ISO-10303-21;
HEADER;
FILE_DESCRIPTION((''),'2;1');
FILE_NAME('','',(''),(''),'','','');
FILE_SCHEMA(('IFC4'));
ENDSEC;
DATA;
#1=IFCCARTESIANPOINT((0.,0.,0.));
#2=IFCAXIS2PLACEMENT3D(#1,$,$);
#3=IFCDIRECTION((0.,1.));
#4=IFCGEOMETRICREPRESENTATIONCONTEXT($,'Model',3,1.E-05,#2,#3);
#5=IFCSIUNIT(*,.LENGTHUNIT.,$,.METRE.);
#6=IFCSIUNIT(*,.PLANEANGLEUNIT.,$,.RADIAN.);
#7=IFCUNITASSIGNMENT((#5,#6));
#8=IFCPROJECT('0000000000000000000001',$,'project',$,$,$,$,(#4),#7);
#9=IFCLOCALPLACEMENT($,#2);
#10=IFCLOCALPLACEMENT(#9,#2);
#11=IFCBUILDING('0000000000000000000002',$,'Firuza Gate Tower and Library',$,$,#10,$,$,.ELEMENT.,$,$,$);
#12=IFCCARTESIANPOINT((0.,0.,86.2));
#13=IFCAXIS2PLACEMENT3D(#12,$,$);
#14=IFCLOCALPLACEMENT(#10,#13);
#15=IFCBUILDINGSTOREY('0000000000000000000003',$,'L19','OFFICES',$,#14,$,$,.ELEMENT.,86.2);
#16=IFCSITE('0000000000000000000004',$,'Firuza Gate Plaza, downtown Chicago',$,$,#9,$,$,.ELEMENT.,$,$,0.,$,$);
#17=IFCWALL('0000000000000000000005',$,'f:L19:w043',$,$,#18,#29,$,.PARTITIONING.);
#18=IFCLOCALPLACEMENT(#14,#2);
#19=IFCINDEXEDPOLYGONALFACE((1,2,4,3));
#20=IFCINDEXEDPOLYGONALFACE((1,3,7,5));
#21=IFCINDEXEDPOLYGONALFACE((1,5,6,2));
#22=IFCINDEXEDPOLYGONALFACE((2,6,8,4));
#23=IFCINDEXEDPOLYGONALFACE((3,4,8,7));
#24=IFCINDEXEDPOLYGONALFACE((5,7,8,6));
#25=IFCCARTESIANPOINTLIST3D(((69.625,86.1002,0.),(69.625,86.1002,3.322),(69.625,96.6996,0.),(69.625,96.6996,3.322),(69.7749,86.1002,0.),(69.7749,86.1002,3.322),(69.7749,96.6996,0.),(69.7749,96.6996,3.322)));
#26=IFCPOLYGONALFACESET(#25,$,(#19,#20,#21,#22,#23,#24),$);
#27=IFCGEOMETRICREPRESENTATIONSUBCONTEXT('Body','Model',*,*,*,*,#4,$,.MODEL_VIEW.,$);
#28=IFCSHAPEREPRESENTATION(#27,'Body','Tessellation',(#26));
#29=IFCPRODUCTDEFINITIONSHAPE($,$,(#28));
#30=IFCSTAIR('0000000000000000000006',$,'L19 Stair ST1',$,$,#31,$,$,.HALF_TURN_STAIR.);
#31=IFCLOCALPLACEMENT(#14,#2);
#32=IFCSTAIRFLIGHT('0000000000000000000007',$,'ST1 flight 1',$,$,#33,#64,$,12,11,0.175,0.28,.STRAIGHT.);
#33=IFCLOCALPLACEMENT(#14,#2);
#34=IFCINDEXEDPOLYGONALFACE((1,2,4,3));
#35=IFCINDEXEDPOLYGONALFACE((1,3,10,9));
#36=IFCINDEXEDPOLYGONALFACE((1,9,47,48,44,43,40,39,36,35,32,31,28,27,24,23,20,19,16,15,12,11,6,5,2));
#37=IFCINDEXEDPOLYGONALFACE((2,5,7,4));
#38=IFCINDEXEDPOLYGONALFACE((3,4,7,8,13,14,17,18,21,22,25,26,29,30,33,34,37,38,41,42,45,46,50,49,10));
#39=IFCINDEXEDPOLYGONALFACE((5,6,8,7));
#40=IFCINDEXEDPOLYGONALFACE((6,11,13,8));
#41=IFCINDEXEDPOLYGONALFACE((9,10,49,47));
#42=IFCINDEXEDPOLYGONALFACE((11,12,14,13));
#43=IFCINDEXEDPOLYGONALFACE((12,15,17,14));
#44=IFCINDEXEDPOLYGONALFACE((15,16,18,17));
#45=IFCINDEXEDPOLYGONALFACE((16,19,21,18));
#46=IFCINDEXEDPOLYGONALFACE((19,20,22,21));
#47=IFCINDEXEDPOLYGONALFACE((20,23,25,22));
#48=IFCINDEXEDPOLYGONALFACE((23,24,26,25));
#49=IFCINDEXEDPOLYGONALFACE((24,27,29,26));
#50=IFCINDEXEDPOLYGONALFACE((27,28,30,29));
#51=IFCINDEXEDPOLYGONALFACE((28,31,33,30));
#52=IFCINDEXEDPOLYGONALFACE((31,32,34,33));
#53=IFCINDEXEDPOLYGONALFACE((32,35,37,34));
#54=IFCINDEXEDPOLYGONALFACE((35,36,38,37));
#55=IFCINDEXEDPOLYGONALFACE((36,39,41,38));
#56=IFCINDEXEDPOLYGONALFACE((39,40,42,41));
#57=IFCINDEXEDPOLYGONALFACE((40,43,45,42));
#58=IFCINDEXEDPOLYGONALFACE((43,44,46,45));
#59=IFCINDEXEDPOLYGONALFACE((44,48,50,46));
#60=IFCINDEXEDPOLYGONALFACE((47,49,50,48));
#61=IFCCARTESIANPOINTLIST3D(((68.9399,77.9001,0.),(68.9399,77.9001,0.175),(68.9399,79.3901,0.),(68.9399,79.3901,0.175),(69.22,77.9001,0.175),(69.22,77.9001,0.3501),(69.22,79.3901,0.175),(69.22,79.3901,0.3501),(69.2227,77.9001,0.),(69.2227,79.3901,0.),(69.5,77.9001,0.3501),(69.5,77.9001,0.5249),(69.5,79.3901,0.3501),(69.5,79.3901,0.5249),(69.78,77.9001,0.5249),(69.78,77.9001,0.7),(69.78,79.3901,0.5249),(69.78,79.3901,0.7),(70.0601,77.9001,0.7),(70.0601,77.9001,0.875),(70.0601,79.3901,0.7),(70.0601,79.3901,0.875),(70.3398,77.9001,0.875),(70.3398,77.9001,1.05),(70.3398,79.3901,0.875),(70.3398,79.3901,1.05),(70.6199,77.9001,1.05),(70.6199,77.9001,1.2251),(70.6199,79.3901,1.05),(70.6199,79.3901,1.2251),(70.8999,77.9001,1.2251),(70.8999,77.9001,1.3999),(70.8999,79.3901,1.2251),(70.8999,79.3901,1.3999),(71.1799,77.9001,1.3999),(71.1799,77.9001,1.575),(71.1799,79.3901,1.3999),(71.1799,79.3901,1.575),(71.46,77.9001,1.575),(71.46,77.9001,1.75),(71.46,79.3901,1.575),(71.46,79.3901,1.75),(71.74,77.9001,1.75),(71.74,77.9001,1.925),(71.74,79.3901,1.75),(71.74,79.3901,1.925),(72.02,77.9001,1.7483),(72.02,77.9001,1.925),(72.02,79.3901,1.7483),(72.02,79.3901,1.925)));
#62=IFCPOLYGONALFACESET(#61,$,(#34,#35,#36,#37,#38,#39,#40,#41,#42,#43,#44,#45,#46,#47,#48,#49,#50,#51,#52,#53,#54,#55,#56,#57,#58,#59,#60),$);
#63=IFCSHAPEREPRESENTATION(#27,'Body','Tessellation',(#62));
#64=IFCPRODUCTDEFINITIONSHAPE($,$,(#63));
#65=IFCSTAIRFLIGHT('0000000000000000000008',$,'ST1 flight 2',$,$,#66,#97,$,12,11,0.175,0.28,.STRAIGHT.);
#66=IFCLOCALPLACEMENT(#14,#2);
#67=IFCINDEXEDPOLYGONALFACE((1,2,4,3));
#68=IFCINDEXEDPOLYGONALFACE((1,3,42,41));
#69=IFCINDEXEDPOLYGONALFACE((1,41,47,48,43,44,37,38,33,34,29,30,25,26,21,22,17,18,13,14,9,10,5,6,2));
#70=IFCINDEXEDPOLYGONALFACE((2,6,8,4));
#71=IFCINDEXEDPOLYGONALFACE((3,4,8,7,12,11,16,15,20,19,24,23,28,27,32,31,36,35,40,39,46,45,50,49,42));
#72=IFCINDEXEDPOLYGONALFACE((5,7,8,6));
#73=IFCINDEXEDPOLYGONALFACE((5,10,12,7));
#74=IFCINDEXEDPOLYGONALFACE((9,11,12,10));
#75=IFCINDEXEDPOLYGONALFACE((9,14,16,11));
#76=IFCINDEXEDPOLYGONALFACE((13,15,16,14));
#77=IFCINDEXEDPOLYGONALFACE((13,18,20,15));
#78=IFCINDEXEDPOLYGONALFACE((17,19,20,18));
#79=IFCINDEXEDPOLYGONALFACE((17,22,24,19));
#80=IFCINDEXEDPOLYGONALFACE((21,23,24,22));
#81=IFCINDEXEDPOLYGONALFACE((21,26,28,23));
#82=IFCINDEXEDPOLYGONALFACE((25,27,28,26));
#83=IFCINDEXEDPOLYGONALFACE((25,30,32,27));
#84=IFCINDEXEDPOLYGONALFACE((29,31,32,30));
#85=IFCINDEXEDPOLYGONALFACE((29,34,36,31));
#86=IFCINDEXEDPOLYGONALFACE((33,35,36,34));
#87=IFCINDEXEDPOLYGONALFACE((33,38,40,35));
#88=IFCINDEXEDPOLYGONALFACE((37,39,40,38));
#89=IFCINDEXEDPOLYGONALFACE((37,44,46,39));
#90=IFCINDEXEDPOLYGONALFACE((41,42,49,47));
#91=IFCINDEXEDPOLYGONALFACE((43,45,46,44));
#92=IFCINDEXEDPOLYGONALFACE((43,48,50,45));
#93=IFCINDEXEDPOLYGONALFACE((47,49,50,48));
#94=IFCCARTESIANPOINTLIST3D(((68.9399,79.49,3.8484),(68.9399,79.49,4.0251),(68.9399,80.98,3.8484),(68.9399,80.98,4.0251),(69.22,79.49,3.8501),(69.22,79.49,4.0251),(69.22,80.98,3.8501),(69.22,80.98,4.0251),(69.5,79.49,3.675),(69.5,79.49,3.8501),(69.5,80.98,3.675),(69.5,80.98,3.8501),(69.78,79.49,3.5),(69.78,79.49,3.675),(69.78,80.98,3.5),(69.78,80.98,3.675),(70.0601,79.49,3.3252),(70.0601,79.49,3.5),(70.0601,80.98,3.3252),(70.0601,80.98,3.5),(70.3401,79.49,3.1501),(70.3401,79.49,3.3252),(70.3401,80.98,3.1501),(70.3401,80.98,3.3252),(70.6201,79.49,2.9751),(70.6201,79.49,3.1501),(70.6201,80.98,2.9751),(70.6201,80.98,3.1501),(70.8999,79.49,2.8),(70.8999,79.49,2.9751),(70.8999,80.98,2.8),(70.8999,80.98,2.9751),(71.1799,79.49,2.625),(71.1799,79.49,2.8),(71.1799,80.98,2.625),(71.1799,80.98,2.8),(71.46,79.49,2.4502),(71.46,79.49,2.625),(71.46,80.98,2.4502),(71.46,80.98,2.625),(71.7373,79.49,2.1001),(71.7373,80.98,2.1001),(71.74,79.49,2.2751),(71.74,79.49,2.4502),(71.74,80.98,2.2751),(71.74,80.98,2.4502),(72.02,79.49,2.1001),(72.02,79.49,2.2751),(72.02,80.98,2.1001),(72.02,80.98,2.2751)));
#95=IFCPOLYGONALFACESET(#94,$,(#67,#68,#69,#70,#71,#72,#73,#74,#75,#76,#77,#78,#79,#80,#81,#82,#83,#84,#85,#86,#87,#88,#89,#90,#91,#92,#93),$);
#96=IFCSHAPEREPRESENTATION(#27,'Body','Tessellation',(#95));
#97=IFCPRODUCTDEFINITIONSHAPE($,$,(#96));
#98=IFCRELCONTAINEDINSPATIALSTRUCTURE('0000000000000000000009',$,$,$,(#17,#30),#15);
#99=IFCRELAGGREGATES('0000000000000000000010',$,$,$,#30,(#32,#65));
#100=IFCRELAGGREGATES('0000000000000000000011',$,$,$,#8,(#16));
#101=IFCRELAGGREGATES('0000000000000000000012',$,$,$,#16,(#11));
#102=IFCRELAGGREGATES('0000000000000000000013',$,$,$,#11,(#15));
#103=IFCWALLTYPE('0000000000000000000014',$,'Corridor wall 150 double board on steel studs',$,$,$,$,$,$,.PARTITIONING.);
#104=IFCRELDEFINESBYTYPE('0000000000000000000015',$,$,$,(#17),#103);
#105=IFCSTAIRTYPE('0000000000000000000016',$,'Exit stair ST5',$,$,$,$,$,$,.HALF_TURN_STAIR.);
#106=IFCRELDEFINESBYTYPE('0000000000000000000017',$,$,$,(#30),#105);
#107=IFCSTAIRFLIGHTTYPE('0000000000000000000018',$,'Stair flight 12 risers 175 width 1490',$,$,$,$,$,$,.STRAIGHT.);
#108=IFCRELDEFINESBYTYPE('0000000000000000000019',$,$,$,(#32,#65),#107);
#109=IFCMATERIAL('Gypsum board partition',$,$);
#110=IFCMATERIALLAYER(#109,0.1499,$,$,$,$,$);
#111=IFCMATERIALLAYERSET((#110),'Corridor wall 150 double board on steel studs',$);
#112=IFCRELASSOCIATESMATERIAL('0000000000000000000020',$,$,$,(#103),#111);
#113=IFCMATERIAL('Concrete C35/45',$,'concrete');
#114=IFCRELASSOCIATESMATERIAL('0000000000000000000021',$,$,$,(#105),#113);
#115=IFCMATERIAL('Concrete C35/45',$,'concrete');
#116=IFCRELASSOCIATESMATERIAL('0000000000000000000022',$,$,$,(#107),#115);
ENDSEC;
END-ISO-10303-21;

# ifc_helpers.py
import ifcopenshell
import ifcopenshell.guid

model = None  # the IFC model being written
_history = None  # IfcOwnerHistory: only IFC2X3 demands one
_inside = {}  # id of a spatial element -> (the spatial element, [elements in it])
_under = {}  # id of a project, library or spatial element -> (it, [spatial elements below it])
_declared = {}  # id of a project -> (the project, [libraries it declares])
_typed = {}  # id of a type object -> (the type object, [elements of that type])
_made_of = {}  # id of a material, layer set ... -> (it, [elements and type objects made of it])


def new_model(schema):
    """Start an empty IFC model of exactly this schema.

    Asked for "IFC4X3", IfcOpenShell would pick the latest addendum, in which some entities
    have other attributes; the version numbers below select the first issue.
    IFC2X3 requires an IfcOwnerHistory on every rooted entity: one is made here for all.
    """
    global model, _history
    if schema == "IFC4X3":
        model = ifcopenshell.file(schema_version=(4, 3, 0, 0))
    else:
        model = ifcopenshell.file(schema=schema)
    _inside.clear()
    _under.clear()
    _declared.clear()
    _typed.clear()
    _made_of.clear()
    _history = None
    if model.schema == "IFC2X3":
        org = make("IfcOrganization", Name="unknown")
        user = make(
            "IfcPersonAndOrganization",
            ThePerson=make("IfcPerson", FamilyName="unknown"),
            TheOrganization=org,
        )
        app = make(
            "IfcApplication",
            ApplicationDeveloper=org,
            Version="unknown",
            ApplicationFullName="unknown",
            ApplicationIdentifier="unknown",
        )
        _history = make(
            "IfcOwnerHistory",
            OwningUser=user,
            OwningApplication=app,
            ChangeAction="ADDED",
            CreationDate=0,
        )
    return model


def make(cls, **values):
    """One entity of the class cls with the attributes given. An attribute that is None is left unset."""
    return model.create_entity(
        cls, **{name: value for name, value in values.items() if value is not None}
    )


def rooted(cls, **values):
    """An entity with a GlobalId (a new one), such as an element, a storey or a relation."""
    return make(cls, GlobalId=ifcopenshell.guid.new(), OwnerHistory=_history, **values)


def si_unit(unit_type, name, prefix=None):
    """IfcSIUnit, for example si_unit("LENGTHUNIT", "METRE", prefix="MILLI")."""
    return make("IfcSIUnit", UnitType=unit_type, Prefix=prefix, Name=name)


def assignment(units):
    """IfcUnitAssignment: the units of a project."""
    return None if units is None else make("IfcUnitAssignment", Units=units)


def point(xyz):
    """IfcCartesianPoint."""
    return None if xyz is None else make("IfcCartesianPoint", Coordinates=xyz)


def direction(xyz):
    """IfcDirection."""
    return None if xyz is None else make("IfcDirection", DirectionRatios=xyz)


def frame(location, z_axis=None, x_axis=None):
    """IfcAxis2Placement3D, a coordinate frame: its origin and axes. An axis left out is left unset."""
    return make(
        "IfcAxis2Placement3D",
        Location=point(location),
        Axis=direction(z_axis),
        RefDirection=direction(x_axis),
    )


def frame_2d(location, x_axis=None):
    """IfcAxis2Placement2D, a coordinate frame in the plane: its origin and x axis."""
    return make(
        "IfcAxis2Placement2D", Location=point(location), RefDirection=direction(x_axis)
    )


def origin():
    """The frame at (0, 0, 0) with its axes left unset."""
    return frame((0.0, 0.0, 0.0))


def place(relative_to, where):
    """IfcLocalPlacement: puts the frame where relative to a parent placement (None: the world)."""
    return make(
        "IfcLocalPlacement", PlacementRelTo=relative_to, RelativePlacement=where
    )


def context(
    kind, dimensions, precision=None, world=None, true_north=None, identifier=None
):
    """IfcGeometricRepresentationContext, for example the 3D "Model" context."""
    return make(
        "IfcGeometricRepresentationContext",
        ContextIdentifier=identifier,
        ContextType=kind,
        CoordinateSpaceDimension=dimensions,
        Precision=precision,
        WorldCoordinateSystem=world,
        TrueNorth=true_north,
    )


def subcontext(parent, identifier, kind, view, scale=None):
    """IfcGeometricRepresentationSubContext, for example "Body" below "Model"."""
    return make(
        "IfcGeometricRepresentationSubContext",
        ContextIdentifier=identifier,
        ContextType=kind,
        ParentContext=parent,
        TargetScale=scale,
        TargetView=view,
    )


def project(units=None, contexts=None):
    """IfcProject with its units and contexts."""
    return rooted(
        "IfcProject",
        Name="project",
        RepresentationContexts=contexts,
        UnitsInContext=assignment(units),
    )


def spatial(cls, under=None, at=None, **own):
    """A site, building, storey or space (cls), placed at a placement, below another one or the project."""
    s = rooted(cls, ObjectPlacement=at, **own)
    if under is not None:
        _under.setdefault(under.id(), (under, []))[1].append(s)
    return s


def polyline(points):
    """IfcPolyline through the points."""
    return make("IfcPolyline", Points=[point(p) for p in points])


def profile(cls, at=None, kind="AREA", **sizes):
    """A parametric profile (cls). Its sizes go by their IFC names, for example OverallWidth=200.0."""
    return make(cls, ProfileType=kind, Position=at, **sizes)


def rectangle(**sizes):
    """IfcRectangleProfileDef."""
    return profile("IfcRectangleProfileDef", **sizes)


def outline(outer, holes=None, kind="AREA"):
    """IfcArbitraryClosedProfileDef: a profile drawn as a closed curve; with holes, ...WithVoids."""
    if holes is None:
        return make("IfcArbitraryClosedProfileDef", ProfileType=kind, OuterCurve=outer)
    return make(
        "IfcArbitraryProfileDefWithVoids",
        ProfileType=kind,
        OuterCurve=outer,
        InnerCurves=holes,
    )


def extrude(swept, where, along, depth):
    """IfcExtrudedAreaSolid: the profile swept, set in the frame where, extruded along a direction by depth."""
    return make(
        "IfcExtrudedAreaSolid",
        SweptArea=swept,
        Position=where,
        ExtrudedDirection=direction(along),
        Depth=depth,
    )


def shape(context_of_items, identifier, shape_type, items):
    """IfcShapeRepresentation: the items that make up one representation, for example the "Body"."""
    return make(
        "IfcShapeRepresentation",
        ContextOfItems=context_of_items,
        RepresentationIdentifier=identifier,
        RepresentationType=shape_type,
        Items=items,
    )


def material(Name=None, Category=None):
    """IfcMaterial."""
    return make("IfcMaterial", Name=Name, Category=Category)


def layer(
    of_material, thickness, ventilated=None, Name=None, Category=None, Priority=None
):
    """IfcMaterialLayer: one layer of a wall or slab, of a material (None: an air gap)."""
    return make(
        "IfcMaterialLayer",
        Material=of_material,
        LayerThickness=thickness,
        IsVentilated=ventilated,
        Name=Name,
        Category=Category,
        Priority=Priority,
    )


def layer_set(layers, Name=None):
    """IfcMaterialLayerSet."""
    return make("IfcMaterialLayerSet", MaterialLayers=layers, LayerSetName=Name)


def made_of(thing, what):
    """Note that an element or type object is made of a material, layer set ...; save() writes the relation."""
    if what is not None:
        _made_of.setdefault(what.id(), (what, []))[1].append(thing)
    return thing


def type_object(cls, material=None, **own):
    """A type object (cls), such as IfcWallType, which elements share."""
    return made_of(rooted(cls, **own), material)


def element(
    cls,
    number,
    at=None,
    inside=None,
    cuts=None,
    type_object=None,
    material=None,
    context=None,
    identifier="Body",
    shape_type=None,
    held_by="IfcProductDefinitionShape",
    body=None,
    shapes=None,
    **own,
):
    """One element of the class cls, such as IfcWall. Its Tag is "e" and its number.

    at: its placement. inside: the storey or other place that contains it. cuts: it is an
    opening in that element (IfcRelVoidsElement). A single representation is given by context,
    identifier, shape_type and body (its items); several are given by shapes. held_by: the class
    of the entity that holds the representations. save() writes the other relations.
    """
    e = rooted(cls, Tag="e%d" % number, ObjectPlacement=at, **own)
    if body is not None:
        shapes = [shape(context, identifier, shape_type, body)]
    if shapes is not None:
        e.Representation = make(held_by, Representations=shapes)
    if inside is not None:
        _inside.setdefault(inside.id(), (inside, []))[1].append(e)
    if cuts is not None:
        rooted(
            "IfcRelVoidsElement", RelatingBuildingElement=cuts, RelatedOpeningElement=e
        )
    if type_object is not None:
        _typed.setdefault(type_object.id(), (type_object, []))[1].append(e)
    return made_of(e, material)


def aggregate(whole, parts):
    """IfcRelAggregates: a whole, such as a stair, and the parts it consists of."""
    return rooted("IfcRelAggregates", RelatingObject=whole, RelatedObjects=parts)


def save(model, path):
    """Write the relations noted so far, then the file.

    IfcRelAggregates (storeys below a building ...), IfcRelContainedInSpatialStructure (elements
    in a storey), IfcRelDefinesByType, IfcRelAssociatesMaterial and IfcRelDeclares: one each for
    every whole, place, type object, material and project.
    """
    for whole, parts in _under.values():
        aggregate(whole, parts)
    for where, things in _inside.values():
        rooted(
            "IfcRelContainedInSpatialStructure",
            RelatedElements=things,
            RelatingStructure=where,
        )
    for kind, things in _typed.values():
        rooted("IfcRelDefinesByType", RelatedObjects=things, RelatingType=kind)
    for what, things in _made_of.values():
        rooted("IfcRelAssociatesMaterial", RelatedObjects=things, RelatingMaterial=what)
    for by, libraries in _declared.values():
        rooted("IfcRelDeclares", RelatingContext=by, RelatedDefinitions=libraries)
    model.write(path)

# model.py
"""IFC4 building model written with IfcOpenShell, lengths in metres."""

from ifc_helpers import new_model, si_unit, direction, frame, frame_2d, origin, place, context, subcontext, project, spatial, polyline, rectangle, outline, extrude, material, layer, layer_set, type_object, element, aggregate, save


model = new_model("IFC4")

# Units and contexts
model_context = context("Model", 3, precision=1e-05, world=origin(), true_north=direction((0.0, 1.0)))
body_context = subcontext(model_context, "Body", "Model", "MODEL_VIEW")
ifc_project = project(units=[si_unit("LENGTHUNIT", "METRE"), si_unit("PLANEANGLEUNIT", "RADIAN")], contexts=[model_context])

# Site, building, storey
site_placement = place(None, origin())
site = spatial("IfcSite", under=ifc_project, at=site_placement, Name="Firuza Gate Plaza, downtown Chicago", CompositionType="ELEMENT", RefElevation=0.0)
building_placement = place(site_placement, origin())
building = spatial("IfcBuilding", under=site, at=building_placement, Name="Firuza Gate Tower and Library", CompositionType="ELEMENT")
storey_placement = place(building_placement, frame((0.0, 0.0, 86.2)))
storey = spatial("IfcBuildingStorey", under=building, at=storey_placement, Name="L19", Description="OFFICES", CompositionType="ELEMENT", Elevation=86.2)

# Wall
ifc_material_1 = material(Name="Gypsum board partition")
ifc_layer_1 = layer(ifc_material_1, 0.1499)
ifc_layer_set_1 = layer_set([ifc_layer_1], Name="Corridor wall 150 double board on steel studs")
wall_type_1 = type_object("IfcWallType", Name="Corridor wall 150 double board on steel studs", PredefinedType="PARTITIONING", material=ifc_layer_set_1)
wall_1_placement = place(storey_placement, frame((69.7, 86.1001, 0.0), z_axis=(0.0, 0.0, 1.0), x_axis=(0.0, 1.0, 0.0)))
element("IfcWall", 1, at=wall_1_placement, inside=storey, type_object=wall_type_1, Name="f:L19:w043", PredefinedType="PARTITIONING", context=body_context, shape_type="SweptSolid", body=[
    extrude(rectangle(XDim=10.5994, YDim=0.1499, at=frame_2d((5.2998, 0.0))), origin(), (0.0, 0.0, 1.0), 3.322),
])

# Stair, stair flights
ifc_material_2 = material(Name="Concrete C35/45", Category="concrete")
stair_type = type_object("IfcStairType", Name="Exit stair ST5", PredefinedType="HALF_TURN_STAIR", material=ifc_material_2)
stair_placement = place(storey_placement, origin())
stair = element("IfcStair", 2, at=stair_placement, inside=storey, type_object=stair_type, Name="L19 Stair ST1", PredefinedType="HALF_TURN_STAIR")
ifc_material_3 = material(Name="Concrete C35/45", Category="concrete")
stair_flight_type = type_object("IfcStairFlightType", Name="Stair flight 12 risers 175 width 1490", PredefinedType="STRAIGHT", material=ifc_material_3)
stair_flight_1_placement = place(storey_placement, frame((68.9399, 78.645, 0.0), z_axis=(0.0, 0.0, 1.0), x_axis=(1.0, 0.0, 0.0)))
stair_flight_1 = element("IfcStairFlight", 3, at=stair_flight_1_placement, type_object=stair_flight_type, Name="ST1 flight 1", NumberOfRisers=12, NumberOfTreads=11, PredefinedType="STRAIGHT", RiserHeight=0.175, TreadLength=0.28, context=body_context, shape_type="SweptSolid", body=[
    extrude(outline(polyline([(0.0, 0.0), (0.0, 0.175), (0.28, 0.175), (0.28, 0.3501), (0.5601, 0.3501), (0.5601, 0.5249), (0.8401, 0.5249), (0.8401, 0.7), (1.1201, 0.7), (1.1201, 0.875), (1.3999, 0.875), (1.3999, 1.05), (1.6799, 1.05), (1.6799, 1.2251), (1.96, 1.2251), (1.96, 1.3999), (2.24, 1.3999), (2.24, 1.575), (2.52, 1.575), (2.52, 1.75), (2.8, 1.75), (2.8, 1.925), (3.0801, 1.925), (3.0801, 2.1001), (3.0801, 1.7483), (0.2827, 0.0), (0.0, 0.0)])), frame((0.0, 0.7451, 0.0), z_axis=(0.0, -1.0, 0.0), x_axis=(1.0, 0.0, 0.0)), (0.0, 0.0, 1.0), 1.49),
])
stair_flight_2_placement = place(storey_placement, frame((72.02, 80.2351, 2.1001), z_axis=(0.0, 0.0, 1.0), x_axis=(-1.0, 0.0, 0.0)))
stair_flight_2 = element("IfcStairFlight", 4, at=stair_flight_2_placement, type_object=stair_flight_type, Name="ST1 flight 2", NumberOfRisers=12, NumberOfTreads=11, PredefinedType="STRAIGHT", RiserHeight=0.175, TreadLength=0.28, context=body_context, shape_type="SweptSolid", body=[
    extrude(outline(polyline([(0.0, 0.0), (0.0, 0.175), (0.28, 0.175), (0.28, 0.3501), (0.5601, 0.3501), (0.5601, 0.5249), (0.8401, 0.5249), (0.8401, 0.7), (1.1201, 0.7), (1.1201, 0.875), (1.3999, 0.875), (1.3999, 1.05), (1.6799, 1.05), (1.6799, 1.2251), (1.96, 1.2251), (1.96, 1.3999), (2.24, 1.3999), (2.24, 1.575), (2.52, 1.575), (2.52, 1.75), (2.8, 1.75), (2.8, 1.925), (3.0801, 1.925), (3.0801, 2.1001), (3.0801, 1.7483), (0.2827, 0.0), (0.0, 0.0)])), frame((0.0, 0.7451, 0.0), z_axis=(0.0, -1.0, 0.0), x_axis=(1.0, 0.0, 0.0)), (0.0, 0.0, 1.0), 1.49),
])
aggregate(stair, [stair_flight_1, stair_flight_2])

save(model, "model.ifc")
